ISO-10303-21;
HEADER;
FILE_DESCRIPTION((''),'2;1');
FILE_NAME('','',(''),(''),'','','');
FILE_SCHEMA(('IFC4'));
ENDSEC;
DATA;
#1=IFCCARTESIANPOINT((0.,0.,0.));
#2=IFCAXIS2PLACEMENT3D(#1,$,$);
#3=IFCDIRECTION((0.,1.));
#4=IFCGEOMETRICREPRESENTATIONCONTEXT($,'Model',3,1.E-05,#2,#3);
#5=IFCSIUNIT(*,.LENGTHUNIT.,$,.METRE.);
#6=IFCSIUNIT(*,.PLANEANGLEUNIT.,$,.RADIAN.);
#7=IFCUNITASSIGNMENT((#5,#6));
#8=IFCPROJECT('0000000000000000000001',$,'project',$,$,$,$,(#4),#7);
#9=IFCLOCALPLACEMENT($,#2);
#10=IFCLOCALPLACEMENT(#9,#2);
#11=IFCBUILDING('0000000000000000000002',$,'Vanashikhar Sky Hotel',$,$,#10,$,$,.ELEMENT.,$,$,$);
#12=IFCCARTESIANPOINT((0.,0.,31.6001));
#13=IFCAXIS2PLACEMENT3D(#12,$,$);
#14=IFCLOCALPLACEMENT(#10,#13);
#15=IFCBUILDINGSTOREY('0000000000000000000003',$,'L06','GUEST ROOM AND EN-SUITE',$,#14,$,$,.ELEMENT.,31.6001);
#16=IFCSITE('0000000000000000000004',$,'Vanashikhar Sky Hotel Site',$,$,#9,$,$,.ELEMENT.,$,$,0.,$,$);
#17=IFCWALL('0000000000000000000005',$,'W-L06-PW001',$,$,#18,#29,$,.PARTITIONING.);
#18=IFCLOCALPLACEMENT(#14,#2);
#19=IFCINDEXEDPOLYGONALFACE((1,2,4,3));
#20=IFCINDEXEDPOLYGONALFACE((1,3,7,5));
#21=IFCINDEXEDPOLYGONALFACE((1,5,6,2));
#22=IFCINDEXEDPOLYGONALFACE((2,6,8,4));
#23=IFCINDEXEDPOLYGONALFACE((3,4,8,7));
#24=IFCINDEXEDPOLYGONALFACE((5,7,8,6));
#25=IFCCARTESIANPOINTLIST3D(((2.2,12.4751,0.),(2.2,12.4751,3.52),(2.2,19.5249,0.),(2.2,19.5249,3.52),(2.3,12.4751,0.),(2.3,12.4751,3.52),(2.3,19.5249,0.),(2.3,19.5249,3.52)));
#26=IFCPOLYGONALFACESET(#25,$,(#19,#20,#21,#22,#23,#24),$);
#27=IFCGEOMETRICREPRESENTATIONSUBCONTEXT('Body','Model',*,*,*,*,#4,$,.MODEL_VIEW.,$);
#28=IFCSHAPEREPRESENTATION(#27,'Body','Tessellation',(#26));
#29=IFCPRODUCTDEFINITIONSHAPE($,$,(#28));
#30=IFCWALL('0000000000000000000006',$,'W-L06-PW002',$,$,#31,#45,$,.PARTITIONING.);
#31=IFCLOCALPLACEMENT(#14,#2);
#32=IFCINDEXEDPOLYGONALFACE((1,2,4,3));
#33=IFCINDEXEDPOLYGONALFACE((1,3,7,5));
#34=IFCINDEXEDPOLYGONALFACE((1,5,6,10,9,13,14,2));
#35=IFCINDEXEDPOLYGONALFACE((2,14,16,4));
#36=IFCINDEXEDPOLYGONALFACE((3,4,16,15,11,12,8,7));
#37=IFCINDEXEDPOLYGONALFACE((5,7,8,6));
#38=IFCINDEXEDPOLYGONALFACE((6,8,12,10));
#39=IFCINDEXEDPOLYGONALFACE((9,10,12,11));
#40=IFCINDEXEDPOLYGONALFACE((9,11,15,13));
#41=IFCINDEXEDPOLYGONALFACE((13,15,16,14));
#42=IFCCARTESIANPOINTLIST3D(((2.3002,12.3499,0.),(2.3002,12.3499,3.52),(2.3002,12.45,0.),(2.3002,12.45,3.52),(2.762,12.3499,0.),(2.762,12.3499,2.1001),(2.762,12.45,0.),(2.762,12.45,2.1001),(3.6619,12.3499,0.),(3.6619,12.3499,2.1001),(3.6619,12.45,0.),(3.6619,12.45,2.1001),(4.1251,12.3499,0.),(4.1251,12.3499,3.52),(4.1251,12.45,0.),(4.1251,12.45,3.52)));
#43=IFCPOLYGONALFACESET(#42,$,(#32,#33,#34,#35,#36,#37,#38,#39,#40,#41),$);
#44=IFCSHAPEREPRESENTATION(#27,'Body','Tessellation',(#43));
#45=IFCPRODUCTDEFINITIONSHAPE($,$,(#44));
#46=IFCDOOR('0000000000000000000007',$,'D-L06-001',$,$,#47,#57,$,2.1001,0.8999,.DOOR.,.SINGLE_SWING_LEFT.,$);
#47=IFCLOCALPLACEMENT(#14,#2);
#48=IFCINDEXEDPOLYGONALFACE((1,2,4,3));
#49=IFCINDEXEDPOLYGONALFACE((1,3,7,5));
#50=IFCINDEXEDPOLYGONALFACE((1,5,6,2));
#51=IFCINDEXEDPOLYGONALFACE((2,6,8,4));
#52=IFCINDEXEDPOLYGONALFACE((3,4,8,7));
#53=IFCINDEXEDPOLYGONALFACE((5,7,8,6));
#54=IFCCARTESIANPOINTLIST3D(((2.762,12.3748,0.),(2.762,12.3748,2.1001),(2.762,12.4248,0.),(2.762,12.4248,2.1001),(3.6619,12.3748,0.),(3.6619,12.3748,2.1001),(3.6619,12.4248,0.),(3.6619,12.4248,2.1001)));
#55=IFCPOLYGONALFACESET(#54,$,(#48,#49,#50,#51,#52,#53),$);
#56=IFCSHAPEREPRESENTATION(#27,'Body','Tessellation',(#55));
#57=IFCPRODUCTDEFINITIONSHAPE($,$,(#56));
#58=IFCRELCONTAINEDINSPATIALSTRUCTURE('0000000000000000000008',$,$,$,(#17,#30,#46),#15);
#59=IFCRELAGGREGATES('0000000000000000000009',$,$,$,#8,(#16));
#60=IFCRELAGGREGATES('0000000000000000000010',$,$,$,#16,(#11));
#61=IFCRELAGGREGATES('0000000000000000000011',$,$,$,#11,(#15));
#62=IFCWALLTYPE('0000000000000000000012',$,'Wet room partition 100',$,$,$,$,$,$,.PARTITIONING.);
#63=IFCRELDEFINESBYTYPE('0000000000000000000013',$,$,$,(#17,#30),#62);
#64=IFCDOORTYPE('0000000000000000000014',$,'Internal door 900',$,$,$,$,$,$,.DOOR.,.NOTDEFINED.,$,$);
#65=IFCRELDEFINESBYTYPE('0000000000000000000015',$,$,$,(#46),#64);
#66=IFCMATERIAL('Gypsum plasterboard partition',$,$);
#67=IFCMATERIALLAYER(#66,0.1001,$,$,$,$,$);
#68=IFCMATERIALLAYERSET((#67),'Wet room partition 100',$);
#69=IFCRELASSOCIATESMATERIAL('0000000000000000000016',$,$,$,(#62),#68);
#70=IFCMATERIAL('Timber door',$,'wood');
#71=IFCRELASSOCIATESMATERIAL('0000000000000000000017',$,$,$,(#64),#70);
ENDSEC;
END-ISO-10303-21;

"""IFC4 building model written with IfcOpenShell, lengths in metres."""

from ifc_helpers import new_model, si_unit, direction, frame, frame_2d, origin, place, context, subcontext, project, spatial, rectangle, extrude, source, transform, mapped, material, layer, layer_set, type_object, element, fill, save


model = new_model("IFC4")

# Units and contexts
model_context = context("Model", 3, precision=1e-05, world=origin(), true_north=direction((0.0, 1.0)))
body_context = subcontext(model_context, "Body", "Model", "MODEL_VIEW")
ifc_project = project(units=[si_unit("LENGTHUNIT", "METRE"), si_unit("PLANEANGLEUNIT", "RADIAN")], contexts=[model_context])

# Site, building, storey
site_placement = place(None, origin())
site = spatial("IfcSite", under=ifc_project, at=site_placement, Name="Vanashikhar Sky Hotel Site", CompositionType="ELEMENT", RefElevation=0.0)
building_placement = place(site_placement, origin())
building = spatial("IfcBuilding", under=site, at=building_placement, Name="Vanashikhar Sky Hotel", CompositionType="ELEMENT")
storey_placement = place(building_placement, frame((0.0, 0.0, 31.6001)))
storey = spatial("IfcBuildingStorey", under=building, at=storey_placement, Name="L06", Description="GUEST ROOM AND EN-SUITE", CompositionType="ELEMENT", Elevation=31.6001)

# Wall
ifc_material_1 = material(Name="Gypsum plasterboard partition")
ifc_layer_1 = layer(ifc_material_1, 0.1001)
ifc_layer_set_1 = layer_set([ifc_layer_1], Name="Wet room partition 100")
wall_type_1 = type_object("IfcWallType", Name="Wet room partition 100", PredefinedType="PARTITIONING", material=ifc_layer_set_1)
shared_shape_1 = source(origin(), body_context, "Body", "SweptSolid", [
    extrude(rectangle(XDim=7.0498, YDim=0.1001, at=frame_2d((3.5249, 0.0))), origin(), (0.0, 0.0, 1.0), 3.52),
])
wall_1_placement = place(storey_placement, frame((2.25, 12.4751, 0.0), z_axis=(0.0, 0.0, 1.0), x_axis=(0.0, 1.0, 0.0)))
element("IfcWall", 1, at=wall_1_placement, inside=storey, type_object=wall_type_1, Name="W-L06-PW001", PredefinedType="PARTITIONING", context=body_context, shape_type="MappedRepresentation", body=[
    mapped(shared_shape_1, transform((0.0, 0.0, 0.0), scale=1.0)),
])

# Wall, opening, door
shared_shape_2 = source(origin(), body_context, "Body", "SweptSolid", [
    extrude(rectangle(XDim=1.825, YDim=0.1001, at=frame_2d((0.9126, 0.0))), origin(), (0.0, 0.0, 1.0), 3.52),
])
wall_2_placement = place(storey_placement, frame((2.3, 12.3999, 0.0), z_axis=(0.0, 0.0, 1.0), x_axis=(1.0, 0.0, 0.0)))
wall_2 = element("IfcWall", 2, at=wall_2_placement, inside=storey, type_object=wall_type_1, Name="W-L06-PW002", PredefinedType="PARTITIONING", context=body_context, shape_type="MappedRepresentation", body=[
    mapped(shared_shape_2, transform((0.0, 0.0, 0.0), scale=1.0)),
])
shared_shape_3 = source(origin(), body_context, "Body", "SweptSolid", [
    extrude(rectangle(XDim=0.8999, YDim=2.1001, at=frame_2d((0.45, 1.05))), frame((0.0, 0.0601, 0.0), z_axis=(0.0, -1.0, 0.0), x_axis=(1.0, 0.0, 0.0)), (0.0, 0.0, 1.0), 0.1201),
])
opening_1_placement = place(wall_2_placement, frame((0.4619, 0.0, 0.0)))
opening_1 = element("IfcOpeningElement", 3, at=opening_1_placement, cuts=wall_2, PredefinedType="OPENING", context=body_context, shape_type="MappedRepresentation", body=[
    mapped(shared_shape_3, transform((0.0, 0.0, 0.0), scale=1.0)),
])
ifc_material_2 = material(Name="Timber door", Category="wood")
door_type = type_object("IfcDoorType", Name="Internal door 900", OperationType="NOTDEFINED", PredefinedType="DOOR", material=ifc_material_2)
shared_shape_4 = source(origin(), body_context, "Body", "SweptSolid", [
    extrude(rectangle(XDim=0.8999, YDim=2.1001, at=frame_2d((0.45, 1.05))), frame((0.0, 0.0249, 0.0), z_axis=(0.0, -1.0, 0.0), x_axis=(1.0, 0.0, 0.0)), (0.0, 0.0, 1.0), 0.05),
])
door_placement = place(opening_1_placement, origin())
door = element("IfcDoor", 4, at=door_placement, inside=storey, type_object=door_type, Name="D-L06-001", OperationType="SINGLE_SWING_LEFT", OverallHeight=2.1001, OverallWidth=0.8999, PredefinedType="DOOR", context=body_context, shape_type="MappedRepresentation", body=[
    mapped(shared_shape_4, transform((0.0, 0.0, 0.0), scale=1.0)),
])
fill(opening_1, door)

save(model, "model.ifc")
